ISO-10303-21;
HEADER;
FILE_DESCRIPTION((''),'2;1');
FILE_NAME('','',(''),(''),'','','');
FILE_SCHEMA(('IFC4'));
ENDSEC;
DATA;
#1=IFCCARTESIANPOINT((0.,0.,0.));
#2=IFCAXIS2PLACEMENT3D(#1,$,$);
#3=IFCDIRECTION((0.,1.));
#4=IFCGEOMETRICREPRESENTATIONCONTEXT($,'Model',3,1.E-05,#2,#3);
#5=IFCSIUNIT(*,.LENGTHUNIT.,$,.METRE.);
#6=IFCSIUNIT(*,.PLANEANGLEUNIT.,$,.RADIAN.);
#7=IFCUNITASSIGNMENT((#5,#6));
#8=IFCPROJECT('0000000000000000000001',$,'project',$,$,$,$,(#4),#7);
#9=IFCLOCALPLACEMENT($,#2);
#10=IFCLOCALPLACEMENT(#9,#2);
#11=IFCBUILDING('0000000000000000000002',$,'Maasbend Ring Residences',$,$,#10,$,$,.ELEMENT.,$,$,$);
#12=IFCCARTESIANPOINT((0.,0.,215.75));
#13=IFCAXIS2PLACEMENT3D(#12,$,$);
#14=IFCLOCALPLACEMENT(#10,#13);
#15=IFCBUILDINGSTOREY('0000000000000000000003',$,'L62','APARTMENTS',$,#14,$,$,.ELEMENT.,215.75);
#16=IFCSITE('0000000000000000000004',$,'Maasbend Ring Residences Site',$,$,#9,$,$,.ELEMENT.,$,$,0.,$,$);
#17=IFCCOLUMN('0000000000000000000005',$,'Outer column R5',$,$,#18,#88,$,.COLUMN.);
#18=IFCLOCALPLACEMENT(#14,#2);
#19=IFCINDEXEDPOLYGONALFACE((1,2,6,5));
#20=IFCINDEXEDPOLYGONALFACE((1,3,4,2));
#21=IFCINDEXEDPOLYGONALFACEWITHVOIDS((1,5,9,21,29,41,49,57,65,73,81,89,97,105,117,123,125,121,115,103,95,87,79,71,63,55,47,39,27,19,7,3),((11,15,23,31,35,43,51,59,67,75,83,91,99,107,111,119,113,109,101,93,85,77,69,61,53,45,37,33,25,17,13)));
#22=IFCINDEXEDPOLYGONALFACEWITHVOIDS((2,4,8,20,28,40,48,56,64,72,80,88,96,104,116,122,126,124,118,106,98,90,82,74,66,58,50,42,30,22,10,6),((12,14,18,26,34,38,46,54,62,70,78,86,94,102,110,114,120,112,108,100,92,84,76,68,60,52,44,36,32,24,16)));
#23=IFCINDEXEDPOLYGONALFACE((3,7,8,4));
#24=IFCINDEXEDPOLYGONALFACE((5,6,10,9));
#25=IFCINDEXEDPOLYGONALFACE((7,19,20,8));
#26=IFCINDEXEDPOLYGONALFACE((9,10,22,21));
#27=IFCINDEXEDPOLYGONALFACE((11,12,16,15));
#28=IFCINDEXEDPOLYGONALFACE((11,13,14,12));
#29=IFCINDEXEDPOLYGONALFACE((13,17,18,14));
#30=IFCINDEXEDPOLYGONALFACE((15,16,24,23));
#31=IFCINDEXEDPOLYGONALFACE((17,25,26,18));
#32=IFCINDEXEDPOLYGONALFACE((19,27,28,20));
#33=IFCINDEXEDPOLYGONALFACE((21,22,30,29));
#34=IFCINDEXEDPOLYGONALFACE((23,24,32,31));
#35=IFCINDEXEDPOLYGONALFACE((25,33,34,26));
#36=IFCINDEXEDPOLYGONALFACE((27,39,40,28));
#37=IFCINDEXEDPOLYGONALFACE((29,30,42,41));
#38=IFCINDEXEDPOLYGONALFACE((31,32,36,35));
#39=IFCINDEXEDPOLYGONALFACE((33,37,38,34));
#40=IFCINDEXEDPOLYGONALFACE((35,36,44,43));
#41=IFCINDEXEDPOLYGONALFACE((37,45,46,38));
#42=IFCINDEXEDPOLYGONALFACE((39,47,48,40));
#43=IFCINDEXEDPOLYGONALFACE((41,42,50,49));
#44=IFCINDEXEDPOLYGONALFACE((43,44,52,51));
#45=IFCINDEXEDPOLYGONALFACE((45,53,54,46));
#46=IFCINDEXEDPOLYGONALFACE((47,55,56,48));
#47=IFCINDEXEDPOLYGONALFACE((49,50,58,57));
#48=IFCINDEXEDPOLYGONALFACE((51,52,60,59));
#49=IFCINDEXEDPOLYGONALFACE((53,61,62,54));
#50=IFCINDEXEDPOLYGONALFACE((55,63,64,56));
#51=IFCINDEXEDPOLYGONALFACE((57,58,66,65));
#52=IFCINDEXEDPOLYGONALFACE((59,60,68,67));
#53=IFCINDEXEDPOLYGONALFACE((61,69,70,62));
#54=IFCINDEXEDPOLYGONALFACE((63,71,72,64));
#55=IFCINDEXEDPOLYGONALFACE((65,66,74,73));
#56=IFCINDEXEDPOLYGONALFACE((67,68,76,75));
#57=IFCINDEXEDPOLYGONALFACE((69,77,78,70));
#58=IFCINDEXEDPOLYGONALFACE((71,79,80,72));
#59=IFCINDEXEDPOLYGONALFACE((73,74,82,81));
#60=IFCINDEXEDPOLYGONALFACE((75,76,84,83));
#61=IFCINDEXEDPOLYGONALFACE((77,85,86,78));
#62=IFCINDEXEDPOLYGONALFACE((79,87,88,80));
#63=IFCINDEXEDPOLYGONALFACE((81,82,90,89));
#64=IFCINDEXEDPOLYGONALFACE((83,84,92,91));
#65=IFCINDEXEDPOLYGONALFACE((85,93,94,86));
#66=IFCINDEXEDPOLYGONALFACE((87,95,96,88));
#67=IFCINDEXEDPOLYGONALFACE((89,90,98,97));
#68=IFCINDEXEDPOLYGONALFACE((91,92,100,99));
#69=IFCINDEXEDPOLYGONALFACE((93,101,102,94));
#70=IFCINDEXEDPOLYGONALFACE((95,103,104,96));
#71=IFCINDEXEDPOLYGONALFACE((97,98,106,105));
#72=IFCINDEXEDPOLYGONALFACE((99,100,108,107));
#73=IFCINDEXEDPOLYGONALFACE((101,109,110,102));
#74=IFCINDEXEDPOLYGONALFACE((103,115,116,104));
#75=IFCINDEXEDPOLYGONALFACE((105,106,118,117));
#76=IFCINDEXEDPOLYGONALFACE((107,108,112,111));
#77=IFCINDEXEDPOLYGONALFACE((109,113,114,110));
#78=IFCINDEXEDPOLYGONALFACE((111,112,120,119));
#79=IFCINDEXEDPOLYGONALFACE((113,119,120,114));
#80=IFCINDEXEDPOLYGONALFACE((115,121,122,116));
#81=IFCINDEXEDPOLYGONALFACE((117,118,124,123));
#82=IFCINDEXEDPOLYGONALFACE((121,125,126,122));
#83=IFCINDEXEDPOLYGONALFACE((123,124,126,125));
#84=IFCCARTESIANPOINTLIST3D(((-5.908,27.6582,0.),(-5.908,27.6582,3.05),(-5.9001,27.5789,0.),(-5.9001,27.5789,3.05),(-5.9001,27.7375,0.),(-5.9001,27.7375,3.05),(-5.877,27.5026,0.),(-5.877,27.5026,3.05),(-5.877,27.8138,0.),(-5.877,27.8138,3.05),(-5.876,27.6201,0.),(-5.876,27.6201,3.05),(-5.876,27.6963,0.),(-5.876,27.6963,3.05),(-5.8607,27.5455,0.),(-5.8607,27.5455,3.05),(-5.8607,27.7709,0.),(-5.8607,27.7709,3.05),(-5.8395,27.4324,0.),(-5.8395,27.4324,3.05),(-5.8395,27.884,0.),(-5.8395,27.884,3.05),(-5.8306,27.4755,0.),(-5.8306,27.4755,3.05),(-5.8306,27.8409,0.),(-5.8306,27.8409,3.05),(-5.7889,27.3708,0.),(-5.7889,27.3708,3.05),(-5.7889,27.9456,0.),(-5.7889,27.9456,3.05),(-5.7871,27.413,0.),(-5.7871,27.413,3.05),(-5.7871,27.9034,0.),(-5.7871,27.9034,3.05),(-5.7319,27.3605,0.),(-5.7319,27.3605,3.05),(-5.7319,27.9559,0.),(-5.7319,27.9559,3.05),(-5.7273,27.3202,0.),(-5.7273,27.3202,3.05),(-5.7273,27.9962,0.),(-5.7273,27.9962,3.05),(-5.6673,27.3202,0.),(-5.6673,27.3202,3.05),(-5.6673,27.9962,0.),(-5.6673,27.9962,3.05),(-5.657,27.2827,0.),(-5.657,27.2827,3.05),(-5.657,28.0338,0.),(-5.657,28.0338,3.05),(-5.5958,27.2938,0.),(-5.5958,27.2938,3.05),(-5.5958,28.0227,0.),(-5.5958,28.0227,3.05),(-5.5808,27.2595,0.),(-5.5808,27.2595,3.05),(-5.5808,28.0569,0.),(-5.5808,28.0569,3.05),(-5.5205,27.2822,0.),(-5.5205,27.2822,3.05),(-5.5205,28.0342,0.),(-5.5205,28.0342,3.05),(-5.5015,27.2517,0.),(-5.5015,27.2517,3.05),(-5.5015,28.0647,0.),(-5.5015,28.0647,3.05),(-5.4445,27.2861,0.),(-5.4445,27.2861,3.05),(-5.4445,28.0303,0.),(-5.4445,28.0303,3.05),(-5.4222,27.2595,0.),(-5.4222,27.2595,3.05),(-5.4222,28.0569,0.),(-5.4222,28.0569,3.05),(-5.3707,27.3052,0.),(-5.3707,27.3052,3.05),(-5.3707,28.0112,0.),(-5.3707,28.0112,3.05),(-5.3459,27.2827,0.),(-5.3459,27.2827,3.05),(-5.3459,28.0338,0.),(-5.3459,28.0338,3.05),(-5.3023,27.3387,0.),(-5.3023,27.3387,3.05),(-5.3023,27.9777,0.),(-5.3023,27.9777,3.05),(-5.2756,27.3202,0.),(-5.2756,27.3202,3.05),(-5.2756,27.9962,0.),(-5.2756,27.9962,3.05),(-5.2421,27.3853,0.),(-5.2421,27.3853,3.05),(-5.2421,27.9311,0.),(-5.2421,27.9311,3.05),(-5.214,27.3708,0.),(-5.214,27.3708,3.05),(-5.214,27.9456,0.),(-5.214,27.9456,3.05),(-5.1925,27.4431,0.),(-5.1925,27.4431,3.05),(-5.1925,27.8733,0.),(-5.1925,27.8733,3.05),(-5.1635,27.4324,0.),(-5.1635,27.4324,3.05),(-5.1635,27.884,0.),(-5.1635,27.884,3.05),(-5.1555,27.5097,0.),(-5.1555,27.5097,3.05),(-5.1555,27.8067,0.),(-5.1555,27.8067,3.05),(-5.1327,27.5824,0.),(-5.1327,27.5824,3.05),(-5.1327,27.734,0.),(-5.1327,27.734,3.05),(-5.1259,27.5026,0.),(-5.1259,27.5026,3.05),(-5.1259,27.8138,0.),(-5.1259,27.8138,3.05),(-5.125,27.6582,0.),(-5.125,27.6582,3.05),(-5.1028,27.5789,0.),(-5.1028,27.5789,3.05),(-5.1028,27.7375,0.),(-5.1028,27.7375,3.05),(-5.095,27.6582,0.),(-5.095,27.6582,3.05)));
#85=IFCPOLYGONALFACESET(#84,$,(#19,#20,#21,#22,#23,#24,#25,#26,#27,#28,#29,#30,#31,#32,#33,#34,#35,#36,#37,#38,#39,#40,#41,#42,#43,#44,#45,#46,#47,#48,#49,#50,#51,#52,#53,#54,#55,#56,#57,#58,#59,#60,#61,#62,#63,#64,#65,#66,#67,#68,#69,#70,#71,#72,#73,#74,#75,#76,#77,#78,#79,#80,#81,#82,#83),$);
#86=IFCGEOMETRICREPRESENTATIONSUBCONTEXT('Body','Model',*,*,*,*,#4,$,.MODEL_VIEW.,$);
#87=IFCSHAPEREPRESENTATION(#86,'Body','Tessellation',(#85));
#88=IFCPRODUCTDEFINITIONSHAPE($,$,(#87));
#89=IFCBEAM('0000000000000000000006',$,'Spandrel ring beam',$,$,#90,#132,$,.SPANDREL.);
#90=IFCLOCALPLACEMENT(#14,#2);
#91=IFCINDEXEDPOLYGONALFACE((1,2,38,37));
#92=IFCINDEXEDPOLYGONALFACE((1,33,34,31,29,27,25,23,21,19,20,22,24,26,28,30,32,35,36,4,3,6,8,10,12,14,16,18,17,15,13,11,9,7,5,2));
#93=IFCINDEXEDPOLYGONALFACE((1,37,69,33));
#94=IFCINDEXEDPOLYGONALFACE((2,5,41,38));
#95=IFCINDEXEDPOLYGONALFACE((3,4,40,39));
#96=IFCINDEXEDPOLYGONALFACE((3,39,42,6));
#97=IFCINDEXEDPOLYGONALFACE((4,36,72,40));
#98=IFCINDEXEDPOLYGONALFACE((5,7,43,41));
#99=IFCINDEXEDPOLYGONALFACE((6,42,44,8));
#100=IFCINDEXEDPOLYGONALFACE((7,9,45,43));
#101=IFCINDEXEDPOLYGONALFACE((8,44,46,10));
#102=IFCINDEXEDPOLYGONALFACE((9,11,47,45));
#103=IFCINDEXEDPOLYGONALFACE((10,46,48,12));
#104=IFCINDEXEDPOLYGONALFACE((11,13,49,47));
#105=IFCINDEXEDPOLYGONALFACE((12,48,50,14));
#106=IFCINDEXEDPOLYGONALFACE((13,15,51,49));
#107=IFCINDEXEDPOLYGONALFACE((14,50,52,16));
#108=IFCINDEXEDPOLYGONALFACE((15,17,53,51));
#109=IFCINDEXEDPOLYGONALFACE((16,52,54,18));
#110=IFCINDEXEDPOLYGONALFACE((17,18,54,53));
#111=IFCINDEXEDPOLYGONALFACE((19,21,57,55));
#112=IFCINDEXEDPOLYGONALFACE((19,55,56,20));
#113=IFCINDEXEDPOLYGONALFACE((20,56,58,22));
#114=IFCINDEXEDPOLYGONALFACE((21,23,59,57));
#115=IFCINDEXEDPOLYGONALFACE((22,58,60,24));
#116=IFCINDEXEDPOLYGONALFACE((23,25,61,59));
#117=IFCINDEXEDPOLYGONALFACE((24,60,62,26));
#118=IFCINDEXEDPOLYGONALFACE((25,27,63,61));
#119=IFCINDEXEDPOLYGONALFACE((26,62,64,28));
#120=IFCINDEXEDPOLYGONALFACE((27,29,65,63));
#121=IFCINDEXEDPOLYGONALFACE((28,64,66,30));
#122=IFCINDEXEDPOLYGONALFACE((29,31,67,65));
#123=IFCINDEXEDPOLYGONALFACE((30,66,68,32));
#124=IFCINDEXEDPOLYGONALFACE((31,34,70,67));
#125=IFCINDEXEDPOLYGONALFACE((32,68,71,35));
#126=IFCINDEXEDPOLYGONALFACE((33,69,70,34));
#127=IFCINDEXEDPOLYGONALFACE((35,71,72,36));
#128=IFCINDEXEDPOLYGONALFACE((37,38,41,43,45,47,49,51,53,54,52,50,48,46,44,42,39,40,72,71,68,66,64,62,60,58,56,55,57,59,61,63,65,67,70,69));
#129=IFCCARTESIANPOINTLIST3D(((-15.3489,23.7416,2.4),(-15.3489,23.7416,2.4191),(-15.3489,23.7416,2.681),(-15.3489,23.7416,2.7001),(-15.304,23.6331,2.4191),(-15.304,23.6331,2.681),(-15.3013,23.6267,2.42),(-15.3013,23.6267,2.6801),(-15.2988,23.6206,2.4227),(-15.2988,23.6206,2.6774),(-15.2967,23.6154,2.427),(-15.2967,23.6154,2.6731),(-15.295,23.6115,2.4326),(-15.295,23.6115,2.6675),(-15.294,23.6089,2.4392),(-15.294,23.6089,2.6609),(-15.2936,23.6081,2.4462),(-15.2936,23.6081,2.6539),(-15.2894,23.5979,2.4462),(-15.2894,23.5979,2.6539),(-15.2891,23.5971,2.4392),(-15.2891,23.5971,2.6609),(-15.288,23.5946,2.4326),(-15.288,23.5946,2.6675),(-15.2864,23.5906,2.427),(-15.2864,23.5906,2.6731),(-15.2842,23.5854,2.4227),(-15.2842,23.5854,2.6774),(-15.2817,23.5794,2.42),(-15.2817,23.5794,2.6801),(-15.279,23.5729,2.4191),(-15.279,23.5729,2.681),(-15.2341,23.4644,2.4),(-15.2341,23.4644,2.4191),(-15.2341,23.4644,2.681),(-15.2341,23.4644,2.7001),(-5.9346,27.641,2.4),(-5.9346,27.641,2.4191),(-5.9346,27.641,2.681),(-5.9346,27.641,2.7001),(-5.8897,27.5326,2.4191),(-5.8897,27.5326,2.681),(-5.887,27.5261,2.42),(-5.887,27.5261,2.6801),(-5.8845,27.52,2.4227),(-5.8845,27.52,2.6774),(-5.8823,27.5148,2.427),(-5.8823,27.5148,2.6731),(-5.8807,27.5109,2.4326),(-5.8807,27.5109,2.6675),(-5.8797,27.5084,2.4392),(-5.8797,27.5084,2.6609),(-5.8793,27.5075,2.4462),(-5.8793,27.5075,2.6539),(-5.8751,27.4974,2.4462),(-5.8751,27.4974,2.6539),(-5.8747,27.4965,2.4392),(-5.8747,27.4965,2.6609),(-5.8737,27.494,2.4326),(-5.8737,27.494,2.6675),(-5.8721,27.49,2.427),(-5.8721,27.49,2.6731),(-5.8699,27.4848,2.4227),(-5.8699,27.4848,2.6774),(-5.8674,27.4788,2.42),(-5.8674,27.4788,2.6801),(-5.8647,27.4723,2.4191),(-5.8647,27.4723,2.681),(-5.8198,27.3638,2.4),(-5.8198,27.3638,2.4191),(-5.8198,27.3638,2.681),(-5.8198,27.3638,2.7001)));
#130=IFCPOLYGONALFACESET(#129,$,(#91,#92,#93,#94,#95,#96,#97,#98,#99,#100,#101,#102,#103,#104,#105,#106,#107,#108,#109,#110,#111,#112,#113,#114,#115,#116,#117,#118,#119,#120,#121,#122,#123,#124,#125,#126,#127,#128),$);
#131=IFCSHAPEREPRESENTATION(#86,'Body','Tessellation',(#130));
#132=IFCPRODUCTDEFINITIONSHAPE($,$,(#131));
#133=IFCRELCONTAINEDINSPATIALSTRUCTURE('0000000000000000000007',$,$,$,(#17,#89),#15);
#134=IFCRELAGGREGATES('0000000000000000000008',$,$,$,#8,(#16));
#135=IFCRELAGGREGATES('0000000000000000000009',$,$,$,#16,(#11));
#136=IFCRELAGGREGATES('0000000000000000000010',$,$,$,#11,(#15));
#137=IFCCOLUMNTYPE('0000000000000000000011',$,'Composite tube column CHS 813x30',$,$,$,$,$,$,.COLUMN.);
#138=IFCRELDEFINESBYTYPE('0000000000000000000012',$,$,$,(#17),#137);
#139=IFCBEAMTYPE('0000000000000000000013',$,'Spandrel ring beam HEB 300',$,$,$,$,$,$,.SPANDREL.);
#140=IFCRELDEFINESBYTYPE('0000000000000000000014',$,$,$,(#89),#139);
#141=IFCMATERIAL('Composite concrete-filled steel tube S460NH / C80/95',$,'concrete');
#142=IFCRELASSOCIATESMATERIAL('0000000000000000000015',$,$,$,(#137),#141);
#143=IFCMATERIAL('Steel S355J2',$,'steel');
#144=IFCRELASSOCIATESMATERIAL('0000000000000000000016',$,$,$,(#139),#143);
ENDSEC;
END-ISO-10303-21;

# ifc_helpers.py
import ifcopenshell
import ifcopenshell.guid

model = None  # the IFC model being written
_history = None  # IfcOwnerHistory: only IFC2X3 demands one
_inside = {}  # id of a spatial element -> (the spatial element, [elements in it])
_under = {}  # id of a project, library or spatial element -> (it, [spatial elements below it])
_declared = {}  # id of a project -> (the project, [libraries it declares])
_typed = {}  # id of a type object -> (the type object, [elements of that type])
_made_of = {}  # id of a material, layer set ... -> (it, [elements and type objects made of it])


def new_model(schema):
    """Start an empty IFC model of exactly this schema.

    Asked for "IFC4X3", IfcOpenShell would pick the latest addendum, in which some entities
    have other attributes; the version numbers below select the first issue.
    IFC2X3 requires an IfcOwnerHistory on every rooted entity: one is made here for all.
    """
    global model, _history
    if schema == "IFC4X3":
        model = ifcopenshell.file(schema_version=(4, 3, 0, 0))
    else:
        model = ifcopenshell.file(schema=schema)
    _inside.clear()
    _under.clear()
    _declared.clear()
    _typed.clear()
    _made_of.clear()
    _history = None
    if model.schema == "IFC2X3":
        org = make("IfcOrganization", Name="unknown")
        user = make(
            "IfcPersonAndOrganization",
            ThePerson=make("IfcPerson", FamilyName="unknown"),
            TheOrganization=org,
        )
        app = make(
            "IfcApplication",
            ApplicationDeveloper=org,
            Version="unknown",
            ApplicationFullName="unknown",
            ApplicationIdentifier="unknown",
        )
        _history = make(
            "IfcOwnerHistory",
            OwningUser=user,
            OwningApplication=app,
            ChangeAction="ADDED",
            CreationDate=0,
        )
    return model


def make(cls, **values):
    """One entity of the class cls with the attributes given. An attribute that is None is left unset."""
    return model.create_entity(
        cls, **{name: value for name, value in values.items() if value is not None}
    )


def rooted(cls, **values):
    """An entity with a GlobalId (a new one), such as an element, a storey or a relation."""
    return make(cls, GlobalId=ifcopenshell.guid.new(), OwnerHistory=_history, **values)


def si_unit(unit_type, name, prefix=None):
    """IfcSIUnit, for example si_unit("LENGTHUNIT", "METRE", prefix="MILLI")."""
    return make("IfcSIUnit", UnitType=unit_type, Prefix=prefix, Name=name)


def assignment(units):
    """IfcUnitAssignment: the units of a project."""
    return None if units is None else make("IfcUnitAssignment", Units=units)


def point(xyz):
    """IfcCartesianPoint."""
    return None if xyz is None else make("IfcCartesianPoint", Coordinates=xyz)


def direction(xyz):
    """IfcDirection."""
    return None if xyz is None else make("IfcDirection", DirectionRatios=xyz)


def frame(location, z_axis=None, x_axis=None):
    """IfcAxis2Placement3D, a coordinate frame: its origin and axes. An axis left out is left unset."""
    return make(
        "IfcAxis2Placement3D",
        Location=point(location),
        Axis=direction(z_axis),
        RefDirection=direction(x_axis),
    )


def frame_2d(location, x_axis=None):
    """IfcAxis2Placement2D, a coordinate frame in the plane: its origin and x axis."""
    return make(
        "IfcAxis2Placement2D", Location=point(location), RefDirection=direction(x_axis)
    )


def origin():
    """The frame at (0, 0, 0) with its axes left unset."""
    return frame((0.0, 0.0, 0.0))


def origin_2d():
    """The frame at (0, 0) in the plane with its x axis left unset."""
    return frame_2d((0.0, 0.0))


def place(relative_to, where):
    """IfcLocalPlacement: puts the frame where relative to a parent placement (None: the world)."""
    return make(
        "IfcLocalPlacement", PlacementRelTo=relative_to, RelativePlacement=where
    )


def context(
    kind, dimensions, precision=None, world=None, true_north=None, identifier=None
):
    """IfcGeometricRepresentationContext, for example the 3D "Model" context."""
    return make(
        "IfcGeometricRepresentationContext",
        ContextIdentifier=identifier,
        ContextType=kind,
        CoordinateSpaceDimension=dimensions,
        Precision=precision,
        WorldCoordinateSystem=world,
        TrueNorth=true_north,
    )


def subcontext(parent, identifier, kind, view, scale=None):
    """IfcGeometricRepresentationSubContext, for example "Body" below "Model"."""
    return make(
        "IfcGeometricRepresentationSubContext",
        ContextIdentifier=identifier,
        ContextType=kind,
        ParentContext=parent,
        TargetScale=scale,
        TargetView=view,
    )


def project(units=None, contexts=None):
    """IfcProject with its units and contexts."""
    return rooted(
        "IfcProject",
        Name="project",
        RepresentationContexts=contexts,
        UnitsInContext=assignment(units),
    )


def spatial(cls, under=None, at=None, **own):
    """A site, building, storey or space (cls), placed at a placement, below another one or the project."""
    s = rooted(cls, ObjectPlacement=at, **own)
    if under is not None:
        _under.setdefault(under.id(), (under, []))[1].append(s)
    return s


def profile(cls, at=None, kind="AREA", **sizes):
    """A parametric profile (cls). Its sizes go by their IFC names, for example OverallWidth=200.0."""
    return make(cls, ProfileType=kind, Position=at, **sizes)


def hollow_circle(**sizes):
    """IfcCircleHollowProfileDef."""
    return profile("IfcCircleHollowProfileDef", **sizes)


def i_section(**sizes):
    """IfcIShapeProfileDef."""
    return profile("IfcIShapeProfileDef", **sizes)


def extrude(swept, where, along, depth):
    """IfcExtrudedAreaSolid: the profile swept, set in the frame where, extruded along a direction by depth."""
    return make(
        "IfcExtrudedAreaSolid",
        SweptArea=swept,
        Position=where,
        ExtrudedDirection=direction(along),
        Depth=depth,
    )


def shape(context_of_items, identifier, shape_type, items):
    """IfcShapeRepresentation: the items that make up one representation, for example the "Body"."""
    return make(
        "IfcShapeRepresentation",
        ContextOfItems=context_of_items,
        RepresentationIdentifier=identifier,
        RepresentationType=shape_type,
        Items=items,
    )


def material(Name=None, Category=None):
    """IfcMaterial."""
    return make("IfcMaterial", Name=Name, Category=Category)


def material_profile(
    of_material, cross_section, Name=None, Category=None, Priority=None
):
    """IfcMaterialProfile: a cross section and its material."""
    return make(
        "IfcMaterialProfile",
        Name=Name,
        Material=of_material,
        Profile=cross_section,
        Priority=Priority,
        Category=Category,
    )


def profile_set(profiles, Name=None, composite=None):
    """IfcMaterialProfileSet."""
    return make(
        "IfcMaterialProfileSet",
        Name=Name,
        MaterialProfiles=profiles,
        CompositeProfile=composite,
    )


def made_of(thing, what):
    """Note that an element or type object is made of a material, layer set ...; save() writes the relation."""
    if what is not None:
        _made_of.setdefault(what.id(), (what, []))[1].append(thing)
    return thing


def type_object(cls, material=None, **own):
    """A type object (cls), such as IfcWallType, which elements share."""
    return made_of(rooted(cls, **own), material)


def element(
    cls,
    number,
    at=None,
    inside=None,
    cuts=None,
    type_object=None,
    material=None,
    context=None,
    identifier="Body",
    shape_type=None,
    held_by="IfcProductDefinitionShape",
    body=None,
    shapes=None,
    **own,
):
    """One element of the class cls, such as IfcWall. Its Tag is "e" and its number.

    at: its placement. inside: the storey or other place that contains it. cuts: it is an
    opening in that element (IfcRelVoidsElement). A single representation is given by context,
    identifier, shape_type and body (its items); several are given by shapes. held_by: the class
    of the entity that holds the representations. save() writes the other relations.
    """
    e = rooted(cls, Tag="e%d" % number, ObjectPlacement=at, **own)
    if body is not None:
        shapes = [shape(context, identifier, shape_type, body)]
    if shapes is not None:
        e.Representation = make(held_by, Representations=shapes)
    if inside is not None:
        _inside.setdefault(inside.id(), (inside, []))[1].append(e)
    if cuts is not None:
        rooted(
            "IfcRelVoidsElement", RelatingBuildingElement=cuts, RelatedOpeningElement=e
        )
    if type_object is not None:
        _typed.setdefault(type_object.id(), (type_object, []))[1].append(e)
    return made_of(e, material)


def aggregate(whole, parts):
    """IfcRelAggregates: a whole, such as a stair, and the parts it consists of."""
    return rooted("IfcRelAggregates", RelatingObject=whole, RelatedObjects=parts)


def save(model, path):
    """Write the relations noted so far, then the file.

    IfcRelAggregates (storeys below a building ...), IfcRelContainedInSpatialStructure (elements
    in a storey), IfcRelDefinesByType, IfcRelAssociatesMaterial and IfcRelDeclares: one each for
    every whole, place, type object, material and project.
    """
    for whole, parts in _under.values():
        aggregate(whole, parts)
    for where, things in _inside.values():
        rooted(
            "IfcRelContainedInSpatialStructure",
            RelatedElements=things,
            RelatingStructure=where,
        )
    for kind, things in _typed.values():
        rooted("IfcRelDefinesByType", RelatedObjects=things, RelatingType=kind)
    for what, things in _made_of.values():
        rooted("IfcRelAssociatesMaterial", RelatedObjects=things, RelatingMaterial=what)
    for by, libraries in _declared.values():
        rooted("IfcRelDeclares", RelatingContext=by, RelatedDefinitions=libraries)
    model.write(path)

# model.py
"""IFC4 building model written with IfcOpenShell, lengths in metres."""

from ifc_helpers import new_model, si_unit, direction, frame, origin, origin_2d, place, context, subcontext, project, spatial, hollow_circle, i_section, extrude, material, material_profile, profile_set, type_object, element, save


model = new_model("IFC4")

# Units and contexts
model_context = context("Model", 3, precision=1e-05, world=origin(), true_north=direction((0.0, 1.0)))
body_context = subcontext(model_context, "Body", "Model", "MODEL_VIEW")
ifc_project = project(units=[si_unit("LENGTHUNIT", "METRE"), si_unit("PLANEANGLEUNIT", "RADIAN")], contexts=[model_context])

# Site, building, storey
site_placement = place(None, origin())
site = spatial("IfcSite", under=ifc_project, at=site_placement, Name="Maasbend Ring Residences Site", CompositionType="ELEMENT", RefElevation=0.0)
building_placement = place(site_placement, origin())
building = spatial("IfcBuilding", under=site, at=building_placement, Name="Maasbend Ring Residences", CompositionType="ELEMENT")
storey_placement = place(building_placement, frame((0.0, 0.0, 215.75)))
storey = spatial("IfcBuildingStorey", under=building, at=storey_placement, Name="L62", Description="APARTMENTS", CompositionType="ELEMENT", Elevation=215.75)

# Column
ifc_material_1 = material(Name="Composite concrete-filled steel tube S460NH / C80/95", Category="concrete")
ifc_material_profile_1 = material_profile(ifc_material_1, hollow_circle(Radius=0.4065, WallThickness=0.03, at=origin_2d()), Name="Composite tube column CHS 813x30")
ifc_profile_set_1 = profile_set([ifc_material_profile_1], Name="Composite concrete-filled steel tube S460NH / C80/95")
column_type = type_object("IfcColumnType", Name="Composite tube column CHS 813x30", PredefinedType="COLUMN", material=ifc_profile_set_1)
column_placement = place(storey_placement, frame((-5.5015, 27.6582, 0.0), z_axis=(0.0, 0.0, 1.0), x_axis=(1.0, 0.0, 0.0)))
element("IfcColumn", 1, at=column_placement, inside=storey, type_object=column_type, Name="Outer column R5", PredefinedType="COLUMN", context=body_context, shape_type="SweptSolid", body=[
    extrude(hollow_circle(Radius=0.4065, WallThickness=0.03, at=origin_2d()), origin(), (0.0, 0.0, 1.0), 3.05),
])

# Beam
ifc_material_2 = material(Name="Steel S355J2", Category="steel")
ifc_material_profile_2 = material_profile(ifc_material_2, i_section(OverallWidth=0.3, OverallDepth=0.3, WebThickness=0.011, FlangeThickness=0.019, FilletRadius=0.0271, at=origin_2d()), Name="HEB 300")
ifc_profile_set_2 = profile_set([ifc_material_profile_2], Name="Steel S355J2")
beam_type = type_object("IfcBeamType", Name="Spandrel ring beam HEB 300", PredefinedType="SPANDREL", material=ifc_profile_set_2)
beam_placement = place(storey_placement, frame((-5.8772, 27.5024, 2.55), z_axis=(-0.923884, -0.382673, 0.0), x_axis=(0.382673, -0.923884, 0.0)))
element("IfcBeam", 2, at=beam_placement, inside=storey, type_object=beam_type, Name="Spandrel ring beam", PredefinedType="SPANDREL", context=body_context, shape_type="SweptSolid", body=[
    extrude(i_section(OverallWidth=0.3, OverallDepth=0.3, WebThickness=0.011, FlangeThickness=0.019, FilletRadius=0.0271, at=origin_2d()), origin(), (0.0, 0.0, 1.0), 10.1899),
])

save(model, "model.ifc")
